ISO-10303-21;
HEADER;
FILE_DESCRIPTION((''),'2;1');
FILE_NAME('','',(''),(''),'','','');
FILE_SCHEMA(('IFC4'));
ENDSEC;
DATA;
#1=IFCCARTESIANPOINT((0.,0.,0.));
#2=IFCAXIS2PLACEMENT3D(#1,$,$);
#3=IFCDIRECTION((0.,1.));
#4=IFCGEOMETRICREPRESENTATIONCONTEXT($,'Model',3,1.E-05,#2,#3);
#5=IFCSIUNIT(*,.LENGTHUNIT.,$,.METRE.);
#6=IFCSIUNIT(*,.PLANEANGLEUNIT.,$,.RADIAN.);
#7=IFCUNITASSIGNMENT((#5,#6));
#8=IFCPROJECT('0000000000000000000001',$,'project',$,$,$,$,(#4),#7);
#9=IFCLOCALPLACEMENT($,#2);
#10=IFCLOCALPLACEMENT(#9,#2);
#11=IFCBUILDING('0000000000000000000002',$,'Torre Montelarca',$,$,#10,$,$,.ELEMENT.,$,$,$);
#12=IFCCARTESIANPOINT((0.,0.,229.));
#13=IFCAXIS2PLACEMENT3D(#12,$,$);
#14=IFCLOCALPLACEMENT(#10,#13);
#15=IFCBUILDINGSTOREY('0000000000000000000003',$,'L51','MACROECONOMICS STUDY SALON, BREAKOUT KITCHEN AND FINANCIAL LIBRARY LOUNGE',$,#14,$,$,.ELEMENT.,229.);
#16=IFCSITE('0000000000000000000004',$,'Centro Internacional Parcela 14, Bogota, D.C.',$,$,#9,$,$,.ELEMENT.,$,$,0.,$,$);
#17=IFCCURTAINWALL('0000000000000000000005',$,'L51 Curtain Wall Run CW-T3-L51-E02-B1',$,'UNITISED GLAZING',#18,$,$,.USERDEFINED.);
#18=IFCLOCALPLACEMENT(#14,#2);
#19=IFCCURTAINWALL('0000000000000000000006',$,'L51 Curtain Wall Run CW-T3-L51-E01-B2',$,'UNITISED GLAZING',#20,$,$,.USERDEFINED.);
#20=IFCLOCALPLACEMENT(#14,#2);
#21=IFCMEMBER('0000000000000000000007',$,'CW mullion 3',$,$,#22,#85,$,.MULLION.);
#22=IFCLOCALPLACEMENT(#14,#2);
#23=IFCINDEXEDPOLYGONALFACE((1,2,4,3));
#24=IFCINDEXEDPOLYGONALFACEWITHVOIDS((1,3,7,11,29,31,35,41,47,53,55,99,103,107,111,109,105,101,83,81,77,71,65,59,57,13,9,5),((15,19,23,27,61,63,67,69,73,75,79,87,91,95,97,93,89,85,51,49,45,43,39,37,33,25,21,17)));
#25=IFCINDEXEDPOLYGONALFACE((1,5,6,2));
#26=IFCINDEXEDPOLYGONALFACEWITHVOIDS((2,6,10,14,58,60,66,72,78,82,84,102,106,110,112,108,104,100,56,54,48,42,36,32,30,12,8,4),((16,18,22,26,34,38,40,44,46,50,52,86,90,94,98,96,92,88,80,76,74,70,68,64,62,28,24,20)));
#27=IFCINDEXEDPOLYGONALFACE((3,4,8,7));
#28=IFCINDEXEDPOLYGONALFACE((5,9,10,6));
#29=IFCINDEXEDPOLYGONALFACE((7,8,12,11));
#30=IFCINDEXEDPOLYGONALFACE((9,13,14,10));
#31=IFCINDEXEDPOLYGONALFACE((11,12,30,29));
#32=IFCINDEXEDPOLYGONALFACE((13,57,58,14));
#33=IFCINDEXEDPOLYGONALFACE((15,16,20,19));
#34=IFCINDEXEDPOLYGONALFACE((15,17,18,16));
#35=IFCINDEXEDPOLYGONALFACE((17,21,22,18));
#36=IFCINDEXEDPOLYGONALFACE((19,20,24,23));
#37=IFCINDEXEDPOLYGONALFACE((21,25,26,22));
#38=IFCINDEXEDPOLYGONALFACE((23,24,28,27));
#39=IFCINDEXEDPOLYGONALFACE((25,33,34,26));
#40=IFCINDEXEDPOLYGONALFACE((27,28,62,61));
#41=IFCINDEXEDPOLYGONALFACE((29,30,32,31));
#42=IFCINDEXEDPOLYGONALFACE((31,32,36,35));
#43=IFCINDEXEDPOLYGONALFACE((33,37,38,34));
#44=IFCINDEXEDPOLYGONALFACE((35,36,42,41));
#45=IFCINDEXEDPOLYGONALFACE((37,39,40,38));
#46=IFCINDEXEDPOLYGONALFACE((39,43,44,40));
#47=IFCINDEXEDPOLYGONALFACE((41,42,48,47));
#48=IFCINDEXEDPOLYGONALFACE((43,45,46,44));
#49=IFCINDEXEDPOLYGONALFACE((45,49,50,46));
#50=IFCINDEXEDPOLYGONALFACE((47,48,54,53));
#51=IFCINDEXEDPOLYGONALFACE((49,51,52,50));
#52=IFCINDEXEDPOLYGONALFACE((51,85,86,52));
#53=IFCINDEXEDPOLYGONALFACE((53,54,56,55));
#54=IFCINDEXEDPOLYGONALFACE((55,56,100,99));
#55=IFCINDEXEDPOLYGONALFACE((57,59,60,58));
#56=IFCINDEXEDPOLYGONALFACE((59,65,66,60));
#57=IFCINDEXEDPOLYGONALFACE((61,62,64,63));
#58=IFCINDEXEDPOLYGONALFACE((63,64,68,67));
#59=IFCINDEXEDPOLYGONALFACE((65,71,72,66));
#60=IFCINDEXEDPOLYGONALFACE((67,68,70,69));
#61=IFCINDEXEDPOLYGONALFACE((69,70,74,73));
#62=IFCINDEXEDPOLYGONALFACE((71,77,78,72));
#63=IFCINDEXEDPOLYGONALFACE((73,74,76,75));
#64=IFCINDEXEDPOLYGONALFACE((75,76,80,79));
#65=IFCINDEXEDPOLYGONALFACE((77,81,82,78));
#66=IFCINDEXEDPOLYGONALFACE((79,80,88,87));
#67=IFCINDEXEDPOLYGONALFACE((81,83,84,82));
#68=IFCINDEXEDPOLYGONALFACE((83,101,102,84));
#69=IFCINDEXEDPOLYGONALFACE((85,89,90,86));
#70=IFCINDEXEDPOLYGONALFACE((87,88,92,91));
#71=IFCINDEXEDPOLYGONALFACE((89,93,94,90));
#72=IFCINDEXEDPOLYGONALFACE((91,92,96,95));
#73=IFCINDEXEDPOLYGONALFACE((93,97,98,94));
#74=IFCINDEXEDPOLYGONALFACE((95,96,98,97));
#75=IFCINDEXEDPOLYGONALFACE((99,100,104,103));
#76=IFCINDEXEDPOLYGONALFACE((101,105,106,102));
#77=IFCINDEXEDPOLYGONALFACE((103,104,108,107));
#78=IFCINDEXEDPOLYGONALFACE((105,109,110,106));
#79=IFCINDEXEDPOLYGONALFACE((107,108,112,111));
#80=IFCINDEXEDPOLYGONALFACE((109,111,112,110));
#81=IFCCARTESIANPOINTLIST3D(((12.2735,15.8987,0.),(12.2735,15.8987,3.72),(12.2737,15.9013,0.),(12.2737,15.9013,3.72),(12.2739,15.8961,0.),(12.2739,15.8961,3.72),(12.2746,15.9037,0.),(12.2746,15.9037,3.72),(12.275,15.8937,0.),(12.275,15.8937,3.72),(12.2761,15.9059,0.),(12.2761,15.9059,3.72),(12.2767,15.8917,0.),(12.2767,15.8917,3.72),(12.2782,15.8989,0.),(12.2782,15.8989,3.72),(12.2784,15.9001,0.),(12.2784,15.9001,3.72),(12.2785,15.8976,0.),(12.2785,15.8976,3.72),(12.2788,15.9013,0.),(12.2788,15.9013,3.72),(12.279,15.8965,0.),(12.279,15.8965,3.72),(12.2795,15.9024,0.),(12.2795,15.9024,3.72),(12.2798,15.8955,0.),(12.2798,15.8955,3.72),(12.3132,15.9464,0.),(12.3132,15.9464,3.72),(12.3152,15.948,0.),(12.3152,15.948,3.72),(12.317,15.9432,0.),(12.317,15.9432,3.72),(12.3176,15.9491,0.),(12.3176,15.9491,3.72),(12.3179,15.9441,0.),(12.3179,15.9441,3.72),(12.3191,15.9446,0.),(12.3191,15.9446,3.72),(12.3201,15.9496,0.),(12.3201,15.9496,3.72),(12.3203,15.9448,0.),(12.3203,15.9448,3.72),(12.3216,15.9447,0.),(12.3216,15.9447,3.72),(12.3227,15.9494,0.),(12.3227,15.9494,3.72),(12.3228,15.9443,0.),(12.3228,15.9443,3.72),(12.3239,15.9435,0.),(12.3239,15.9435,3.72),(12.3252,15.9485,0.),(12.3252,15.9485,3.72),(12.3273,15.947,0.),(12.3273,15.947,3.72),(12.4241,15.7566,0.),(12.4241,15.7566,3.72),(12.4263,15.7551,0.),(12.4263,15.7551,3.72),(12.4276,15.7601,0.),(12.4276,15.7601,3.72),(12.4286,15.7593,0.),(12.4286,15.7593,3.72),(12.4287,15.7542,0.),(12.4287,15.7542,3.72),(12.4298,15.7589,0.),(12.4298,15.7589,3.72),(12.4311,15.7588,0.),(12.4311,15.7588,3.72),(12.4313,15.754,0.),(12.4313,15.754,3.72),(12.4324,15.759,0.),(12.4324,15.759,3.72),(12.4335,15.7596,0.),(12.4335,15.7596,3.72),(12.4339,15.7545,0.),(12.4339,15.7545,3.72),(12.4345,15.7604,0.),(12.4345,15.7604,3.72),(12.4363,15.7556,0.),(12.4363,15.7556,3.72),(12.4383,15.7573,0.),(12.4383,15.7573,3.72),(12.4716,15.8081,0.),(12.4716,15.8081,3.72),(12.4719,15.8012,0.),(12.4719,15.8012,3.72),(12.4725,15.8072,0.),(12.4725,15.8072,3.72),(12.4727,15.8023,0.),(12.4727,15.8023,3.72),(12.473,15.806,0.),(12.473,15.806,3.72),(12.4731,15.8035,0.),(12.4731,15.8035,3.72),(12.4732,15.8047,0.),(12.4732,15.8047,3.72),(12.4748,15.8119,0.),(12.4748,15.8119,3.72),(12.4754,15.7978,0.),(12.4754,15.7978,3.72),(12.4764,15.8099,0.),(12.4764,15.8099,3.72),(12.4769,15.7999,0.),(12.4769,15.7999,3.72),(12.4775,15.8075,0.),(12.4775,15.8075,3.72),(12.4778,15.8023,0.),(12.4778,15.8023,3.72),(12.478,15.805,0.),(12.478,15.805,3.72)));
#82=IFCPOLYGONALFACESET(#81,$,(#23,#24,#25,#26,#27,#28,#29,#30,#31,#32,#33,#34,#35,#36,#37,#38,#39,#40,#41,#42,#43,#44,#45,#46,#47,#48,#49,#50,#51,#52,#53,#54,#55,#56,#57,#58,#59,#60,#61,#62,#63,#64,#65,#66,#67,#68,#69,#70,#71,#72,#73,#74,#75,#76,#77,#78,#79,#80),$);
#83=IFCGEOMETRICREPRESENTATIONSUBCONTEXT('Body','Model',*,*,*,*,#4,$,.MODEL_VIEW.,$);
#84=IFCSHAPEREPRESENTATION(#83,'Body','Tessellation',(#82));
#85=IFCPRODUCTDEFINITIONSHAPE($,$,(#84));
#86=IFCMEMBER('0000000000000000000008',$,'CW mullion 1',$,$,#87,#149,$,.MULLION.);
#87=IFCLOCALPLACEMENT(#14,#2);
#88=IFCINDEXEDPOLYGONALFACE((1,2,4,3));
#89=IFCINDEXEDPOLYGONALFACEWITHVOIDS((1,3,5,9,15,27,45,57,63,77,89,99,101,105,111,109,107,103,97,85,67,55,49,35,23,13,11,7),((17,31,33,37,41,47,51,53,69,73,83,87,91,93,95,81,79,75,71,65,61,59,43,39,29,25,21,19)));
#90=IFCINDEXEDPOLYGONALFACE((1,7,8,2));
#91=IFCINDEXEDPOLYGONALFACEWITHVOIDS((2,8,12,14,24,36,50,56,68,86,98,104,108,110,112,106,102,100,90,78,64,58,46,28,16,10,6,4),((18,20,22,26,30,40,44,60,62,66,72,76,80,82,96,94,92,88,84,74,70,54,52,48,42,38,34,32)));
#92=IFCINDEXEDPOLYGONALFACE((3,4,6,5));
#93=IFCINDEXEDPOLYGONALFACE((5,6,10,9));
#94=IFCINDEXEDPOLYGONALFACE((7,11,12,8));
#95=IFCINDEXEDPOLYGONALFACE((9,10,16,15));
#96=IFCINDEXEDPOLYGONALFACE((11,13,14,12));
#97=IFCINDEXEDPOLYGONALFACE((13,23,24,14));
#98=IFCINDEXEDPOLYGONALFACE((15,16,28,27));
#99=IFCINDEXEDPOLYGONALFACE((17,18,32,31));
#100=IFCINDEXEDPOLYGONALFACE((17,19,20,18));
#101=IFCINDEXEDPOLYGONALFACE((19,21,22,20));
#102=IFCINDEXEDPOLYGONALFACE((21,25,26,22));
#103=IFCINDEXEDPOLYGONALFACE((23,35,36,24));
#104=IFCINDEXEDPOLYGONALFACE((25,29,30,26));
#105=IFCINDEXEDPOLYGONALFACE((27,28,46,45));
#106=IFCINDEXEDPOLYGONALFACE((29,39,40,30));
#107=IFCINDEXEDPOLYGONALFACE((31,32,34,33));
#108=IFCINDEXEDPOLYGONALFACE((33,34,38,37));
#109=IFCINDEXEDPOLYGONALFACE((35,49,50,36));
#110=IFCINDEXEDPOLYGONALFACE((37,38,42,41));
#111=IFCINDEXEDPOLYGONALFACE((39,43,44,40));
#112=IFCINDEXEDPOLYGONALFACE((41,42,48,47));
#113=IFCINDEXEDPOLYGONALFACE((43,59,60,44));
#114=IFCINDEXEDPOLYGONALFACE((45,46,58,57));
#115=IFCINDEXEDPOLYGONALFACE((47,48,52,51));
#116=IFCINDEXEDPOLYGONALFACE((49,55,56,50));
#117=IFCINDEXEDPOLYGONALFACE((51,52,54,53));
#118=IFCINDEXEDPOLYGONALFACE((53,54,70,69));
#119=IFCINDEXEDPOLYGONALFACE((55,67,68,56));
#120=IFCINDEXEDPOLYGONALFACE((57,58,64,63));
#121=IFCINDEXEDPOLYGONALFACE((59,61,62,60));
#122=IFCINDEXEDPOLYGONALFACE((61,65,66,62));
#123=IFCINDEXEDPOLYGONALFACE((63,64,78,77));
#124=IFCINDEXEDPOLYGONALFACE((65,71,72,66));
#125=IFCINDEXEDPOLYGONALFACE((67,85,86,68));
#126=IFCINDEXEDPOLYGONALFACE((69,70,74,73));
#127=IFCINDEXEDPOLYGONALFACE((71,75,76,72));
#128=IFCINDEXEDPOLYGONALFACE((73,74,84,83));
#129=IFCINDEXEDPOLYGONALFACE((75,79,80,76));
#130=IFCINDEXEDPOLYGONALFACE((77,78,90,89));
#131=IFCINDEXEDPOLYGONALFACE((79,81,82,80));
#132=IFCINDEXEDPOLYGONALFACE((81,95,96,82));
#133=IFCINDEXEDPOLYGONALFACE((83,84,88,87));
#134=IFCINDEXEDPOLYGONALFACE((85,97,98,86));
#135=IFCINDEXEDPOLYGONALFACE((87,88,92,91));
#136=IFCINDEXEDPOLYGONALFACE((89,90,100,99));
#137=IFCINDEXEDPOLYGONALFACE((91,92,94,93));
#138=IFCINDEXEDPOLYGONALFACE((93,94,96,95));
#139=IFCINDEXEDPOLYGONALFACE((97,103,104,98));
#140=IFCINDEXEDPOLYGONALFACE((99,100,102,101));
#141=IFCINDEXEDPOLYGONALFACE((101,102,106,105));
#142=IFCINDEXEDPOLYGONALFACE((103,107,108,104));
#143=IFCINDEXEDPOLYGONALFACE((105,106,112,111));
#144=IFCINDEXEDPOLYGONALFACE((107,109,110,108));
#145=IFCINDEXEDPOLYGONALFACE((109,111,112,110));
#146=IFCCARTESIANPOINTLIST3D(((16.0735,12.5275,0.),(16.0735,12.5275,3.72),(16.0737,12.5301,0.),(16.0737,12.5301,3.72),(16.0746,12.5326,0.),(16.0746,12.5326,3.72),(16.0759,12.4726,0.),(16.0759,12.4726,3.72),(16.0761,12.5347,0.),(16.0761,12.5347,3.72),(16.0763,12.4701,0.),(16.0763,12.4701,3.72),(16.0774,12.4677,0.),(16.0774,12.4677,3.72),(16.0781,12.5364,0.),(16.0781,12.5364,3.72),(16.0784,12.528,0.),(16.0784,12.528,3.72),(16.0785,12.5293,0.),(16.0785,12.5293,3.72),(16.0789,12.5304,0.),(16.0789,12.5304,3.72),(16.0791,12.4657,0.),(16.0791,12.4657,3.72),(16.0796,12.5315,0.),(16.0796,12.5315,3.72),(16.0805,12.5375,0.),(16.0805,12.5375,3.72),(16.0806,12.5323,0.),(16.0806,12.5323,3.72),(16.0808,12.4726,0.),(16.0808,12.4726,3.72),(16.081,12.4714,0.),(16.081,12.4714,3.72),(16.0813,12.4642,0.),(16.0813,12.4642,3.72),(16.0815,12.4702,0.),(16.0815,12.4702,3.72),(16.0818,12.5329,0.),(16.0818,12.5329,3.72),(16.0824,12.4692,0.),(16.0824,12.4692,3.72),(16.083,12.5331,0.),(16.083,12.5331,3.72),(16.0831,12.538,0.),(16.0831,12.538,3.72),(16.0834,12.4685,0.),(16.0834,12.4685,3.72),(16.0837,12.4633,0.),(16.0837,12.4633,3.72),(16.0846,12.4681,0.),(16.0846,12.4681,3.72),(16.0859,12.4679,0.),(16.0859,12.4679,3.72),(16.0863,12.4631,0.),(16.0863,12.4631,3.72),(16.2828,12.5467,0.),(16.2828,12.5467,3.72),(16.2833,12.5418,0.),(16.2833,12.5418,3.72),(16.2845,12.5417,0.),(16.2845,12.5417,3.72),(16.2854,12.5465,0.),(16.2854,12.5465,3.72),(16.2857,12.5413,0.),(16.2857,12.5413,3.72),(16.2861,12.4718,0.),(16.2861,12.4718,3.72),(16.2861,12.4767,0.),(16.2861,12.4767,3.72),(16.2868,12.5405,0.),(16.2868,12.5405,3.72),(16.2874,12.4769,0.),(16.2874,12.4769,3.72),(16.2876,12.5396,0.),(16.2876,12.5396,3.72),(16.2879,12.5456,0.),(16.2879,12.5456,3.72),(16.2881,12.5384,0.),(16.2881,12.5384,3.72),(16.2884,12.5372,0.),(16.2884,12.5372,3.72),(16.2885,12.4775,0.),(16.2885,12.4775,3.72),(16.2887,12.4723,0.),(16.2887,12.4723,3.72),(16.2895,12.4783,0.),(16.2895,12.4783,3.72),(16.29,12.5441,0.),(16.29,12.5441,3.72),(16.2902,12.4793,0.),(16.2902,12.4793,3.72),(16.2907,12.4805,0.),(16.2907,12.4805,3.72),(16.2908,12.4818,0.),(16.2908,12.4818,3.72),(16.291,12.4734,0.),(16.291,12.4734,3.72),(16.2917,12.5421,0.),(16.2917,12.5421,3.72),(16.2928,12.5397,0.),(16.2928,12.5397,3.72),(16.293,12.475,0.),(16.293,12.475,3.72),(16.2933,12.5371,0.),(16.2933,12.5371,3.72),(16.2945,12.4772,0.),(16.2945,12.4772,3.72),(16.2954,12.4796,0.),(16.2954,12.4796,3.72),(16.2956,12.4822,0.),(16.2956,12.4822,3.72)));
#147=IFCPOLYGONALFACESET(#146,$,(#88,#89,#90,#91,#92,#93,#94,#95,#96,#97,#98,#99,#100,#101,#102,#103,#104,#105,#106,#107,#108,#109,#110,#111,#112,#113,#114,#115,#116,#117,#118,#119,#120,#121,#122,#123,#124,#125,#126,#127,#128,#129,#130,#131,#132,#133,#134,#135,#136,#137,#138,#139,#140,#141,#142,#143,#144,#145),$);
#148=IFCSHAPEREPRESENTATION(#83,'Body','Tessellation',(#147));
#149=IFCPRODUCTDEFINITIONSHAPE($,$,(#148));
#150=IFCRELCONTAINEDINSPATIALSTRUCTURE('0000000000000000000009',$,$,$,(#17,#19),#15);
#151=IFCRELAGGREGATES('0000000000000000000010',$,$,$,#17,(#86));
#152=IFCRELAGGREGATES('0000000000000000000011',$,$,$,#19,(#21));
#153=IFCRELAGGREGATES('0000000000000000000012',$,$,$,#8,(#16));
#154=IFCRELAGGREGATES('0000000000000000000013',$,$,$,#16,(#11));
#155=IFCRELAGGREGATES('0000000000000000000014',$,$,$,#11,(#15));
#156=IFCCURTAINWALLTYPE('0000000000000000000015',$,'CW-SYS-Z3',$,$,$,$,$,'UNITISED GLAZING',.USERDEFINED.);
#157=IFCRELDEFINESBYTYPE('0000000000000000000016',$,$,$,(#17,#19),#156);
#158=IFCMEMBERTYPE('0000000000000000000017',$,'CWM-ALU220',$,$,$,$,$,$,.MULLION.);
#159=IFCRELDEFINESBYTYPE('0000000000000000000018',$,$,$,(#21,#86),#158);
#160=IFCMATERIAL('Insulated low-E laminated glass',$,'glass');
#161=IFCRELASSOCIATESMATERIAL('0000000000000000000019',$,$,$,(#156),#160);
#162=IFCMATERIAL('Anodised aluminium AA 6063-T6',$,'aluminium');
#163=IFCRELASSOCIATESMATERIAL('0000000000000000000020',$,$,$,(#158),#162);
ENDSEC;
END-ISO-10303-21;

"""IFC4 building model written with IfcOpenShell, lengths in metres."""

from ifc_helpers import new_model, si_unit, direction, frame, origin, origin_2d, place, context, subcontext, project, spatial, hollow_rectangle, extrude, source, transform, mapped, material, material_profile, profile_set, type_object, element, aggregate, save


model = new_model("IFC4")

# Units and contexts
model_context = context("Model", 3, precision=1e-05, world=origin(), true_north=direction((0.0, 1.0)))
body_context = subcontext(model_context, "Body", "Model", "MODEL_VIEW")
ifc_project = project(units=[si_unit("LENGTHUNIT", "METRE"), si_unit("PLANEANGLEUNIT", "RADIAN")], contexts=[model_context])

# Site, building, storey
site_placement = place(None, origin())
site = spatial("IfcSite", under=ifc_project, at=site_placement, Name="Centro Internacional Parcela 14, Bogota, D.C.", CompositionType="ELEMENT", RefElevation=0.0)
building_placement = place(site_placement, origin())
building = spatial("IfcBuilding", under=site, at=building_placement, Name="Torre Montelarca", CompositionType="ELEMENT")
storey_placement = place(building_placement, frame((0.0, 0.0, 229.0)))
storey = spatial("IfcBuildingStorey", under=building, at=storey_placement, Name="L51", Description="MACROECONOMICS STUDY SALON, BREAKOUT KITCHEN AND FINANCIAL LIBRARY LOUNGE", CompositionType="ELEMENT", Elevation=229.0)

# Curtain walls, member
ifc_material_1 = material(Name="Insulated low-E laminated glass", Category="glass")
curtain_wall_type = type_object("IfcCurtainWallType", Name="CW-SYS-Z3", ElementType="UNITISED GLAZING", PredefinedType="USERDEFINED", material=ifc_material_1)
curtain_wall_1_placement = place(storey_placement, origin())
curtain_wall_1 = element("IfcCurtainWall", 1, at=curtain_wall_1_placement, inside=storey, type_object=curtain_wall_type, Name="L51 Curtain Wall Run CW-T3-L51-E02-B1", ObjectType="UNITISED GLAZING", PredefinedType="USERDEFINED")
ifc_material_2 = material(Name="Anodised aluminium AA 6063-T6", Category="aluminium")
curtain_wall_2_placement = place(storey_placement, origin())
curtain_wall_2 = element("IfcCurtainWall", 2, at=curtain_wall_2_placement, inside=storey, type_object=curtain_wall_type, Name="L51 Curtain Wall Run CW-T3-L51-E01-B2", ObjectType="UNITISED GLAZING", PredefinedType="USERDEFINED")
ifc_material_profile_1 = material_profile(ifc_material_2, hollow_rectangle(XDim=0.075, YDim=0.22, WallThickness=0.0049, InnerFilletRadius=0.0049, OuterFilletRadius=0.01, at=origin_2d()), Name="ALU75X220X5", Category="aluminium")
ifc_profile_set_1 = profile_set([ifc_material_profile_1], Name="Anodised aluminium AA 6063-T6")
member_type_1 = type_object("IfcMemberType", Name="CWM-ALU220", PredefinedType="MULLION", material=ifc_profile_set_1)
shared_shape_1 = source(origin(), body_context, "Body", "SweptSolid", [
    extrude(hollow_rectangle(XDim=0.075, YDim=0.22, WallThickness=0.0049, InnerFilletRadius=0.0049, OuterFilletRadius=0.01, at=origin_2d()), origin(), (0.0, 0.0, 1.0), 3.72),
])
member_1_placement = place(storey_placement, frame((12.3757, 15.8518, 0.0), z_axis=(0.0, 0.0, 1.0), x_axis=(0.675588, 0.73728, 0.0)))
member_1 = element("IfcMember", 3, at=member_1_placement, type_object=member_type_1, Name="CW mullion 3", PredefinedType="MULLION", context=body_context, shape_type="MappedRepresentation", body=[
    mapped(shared_shape_1, transform((0.0, 0.0, 0.0), scale=1.0)),
])

# Member
member_2_placement = place(storey_placement, frame((16.1846, 12.5049, 0.0), z_axis=(0.0, 0.0, 1.0), x_axis=(-0.043625, 0.999048, 0.0)))
member_2 = element("IfcMember", 4, at=member_2_placement, type_object=member_type_1, Name="CW mullion 1", PredefinedType="MULLION", context=body_context, shape_type="MappedRepresentation", body=[
    mapped(shared_shape_1, transform((0.0, 0.0, 0.0), scale=1.0)),
])

aggregate(curtain_wall_1, [member_2])
aggregate(curtain_wall_2, [member_1])

save(model, "model.ifc")
